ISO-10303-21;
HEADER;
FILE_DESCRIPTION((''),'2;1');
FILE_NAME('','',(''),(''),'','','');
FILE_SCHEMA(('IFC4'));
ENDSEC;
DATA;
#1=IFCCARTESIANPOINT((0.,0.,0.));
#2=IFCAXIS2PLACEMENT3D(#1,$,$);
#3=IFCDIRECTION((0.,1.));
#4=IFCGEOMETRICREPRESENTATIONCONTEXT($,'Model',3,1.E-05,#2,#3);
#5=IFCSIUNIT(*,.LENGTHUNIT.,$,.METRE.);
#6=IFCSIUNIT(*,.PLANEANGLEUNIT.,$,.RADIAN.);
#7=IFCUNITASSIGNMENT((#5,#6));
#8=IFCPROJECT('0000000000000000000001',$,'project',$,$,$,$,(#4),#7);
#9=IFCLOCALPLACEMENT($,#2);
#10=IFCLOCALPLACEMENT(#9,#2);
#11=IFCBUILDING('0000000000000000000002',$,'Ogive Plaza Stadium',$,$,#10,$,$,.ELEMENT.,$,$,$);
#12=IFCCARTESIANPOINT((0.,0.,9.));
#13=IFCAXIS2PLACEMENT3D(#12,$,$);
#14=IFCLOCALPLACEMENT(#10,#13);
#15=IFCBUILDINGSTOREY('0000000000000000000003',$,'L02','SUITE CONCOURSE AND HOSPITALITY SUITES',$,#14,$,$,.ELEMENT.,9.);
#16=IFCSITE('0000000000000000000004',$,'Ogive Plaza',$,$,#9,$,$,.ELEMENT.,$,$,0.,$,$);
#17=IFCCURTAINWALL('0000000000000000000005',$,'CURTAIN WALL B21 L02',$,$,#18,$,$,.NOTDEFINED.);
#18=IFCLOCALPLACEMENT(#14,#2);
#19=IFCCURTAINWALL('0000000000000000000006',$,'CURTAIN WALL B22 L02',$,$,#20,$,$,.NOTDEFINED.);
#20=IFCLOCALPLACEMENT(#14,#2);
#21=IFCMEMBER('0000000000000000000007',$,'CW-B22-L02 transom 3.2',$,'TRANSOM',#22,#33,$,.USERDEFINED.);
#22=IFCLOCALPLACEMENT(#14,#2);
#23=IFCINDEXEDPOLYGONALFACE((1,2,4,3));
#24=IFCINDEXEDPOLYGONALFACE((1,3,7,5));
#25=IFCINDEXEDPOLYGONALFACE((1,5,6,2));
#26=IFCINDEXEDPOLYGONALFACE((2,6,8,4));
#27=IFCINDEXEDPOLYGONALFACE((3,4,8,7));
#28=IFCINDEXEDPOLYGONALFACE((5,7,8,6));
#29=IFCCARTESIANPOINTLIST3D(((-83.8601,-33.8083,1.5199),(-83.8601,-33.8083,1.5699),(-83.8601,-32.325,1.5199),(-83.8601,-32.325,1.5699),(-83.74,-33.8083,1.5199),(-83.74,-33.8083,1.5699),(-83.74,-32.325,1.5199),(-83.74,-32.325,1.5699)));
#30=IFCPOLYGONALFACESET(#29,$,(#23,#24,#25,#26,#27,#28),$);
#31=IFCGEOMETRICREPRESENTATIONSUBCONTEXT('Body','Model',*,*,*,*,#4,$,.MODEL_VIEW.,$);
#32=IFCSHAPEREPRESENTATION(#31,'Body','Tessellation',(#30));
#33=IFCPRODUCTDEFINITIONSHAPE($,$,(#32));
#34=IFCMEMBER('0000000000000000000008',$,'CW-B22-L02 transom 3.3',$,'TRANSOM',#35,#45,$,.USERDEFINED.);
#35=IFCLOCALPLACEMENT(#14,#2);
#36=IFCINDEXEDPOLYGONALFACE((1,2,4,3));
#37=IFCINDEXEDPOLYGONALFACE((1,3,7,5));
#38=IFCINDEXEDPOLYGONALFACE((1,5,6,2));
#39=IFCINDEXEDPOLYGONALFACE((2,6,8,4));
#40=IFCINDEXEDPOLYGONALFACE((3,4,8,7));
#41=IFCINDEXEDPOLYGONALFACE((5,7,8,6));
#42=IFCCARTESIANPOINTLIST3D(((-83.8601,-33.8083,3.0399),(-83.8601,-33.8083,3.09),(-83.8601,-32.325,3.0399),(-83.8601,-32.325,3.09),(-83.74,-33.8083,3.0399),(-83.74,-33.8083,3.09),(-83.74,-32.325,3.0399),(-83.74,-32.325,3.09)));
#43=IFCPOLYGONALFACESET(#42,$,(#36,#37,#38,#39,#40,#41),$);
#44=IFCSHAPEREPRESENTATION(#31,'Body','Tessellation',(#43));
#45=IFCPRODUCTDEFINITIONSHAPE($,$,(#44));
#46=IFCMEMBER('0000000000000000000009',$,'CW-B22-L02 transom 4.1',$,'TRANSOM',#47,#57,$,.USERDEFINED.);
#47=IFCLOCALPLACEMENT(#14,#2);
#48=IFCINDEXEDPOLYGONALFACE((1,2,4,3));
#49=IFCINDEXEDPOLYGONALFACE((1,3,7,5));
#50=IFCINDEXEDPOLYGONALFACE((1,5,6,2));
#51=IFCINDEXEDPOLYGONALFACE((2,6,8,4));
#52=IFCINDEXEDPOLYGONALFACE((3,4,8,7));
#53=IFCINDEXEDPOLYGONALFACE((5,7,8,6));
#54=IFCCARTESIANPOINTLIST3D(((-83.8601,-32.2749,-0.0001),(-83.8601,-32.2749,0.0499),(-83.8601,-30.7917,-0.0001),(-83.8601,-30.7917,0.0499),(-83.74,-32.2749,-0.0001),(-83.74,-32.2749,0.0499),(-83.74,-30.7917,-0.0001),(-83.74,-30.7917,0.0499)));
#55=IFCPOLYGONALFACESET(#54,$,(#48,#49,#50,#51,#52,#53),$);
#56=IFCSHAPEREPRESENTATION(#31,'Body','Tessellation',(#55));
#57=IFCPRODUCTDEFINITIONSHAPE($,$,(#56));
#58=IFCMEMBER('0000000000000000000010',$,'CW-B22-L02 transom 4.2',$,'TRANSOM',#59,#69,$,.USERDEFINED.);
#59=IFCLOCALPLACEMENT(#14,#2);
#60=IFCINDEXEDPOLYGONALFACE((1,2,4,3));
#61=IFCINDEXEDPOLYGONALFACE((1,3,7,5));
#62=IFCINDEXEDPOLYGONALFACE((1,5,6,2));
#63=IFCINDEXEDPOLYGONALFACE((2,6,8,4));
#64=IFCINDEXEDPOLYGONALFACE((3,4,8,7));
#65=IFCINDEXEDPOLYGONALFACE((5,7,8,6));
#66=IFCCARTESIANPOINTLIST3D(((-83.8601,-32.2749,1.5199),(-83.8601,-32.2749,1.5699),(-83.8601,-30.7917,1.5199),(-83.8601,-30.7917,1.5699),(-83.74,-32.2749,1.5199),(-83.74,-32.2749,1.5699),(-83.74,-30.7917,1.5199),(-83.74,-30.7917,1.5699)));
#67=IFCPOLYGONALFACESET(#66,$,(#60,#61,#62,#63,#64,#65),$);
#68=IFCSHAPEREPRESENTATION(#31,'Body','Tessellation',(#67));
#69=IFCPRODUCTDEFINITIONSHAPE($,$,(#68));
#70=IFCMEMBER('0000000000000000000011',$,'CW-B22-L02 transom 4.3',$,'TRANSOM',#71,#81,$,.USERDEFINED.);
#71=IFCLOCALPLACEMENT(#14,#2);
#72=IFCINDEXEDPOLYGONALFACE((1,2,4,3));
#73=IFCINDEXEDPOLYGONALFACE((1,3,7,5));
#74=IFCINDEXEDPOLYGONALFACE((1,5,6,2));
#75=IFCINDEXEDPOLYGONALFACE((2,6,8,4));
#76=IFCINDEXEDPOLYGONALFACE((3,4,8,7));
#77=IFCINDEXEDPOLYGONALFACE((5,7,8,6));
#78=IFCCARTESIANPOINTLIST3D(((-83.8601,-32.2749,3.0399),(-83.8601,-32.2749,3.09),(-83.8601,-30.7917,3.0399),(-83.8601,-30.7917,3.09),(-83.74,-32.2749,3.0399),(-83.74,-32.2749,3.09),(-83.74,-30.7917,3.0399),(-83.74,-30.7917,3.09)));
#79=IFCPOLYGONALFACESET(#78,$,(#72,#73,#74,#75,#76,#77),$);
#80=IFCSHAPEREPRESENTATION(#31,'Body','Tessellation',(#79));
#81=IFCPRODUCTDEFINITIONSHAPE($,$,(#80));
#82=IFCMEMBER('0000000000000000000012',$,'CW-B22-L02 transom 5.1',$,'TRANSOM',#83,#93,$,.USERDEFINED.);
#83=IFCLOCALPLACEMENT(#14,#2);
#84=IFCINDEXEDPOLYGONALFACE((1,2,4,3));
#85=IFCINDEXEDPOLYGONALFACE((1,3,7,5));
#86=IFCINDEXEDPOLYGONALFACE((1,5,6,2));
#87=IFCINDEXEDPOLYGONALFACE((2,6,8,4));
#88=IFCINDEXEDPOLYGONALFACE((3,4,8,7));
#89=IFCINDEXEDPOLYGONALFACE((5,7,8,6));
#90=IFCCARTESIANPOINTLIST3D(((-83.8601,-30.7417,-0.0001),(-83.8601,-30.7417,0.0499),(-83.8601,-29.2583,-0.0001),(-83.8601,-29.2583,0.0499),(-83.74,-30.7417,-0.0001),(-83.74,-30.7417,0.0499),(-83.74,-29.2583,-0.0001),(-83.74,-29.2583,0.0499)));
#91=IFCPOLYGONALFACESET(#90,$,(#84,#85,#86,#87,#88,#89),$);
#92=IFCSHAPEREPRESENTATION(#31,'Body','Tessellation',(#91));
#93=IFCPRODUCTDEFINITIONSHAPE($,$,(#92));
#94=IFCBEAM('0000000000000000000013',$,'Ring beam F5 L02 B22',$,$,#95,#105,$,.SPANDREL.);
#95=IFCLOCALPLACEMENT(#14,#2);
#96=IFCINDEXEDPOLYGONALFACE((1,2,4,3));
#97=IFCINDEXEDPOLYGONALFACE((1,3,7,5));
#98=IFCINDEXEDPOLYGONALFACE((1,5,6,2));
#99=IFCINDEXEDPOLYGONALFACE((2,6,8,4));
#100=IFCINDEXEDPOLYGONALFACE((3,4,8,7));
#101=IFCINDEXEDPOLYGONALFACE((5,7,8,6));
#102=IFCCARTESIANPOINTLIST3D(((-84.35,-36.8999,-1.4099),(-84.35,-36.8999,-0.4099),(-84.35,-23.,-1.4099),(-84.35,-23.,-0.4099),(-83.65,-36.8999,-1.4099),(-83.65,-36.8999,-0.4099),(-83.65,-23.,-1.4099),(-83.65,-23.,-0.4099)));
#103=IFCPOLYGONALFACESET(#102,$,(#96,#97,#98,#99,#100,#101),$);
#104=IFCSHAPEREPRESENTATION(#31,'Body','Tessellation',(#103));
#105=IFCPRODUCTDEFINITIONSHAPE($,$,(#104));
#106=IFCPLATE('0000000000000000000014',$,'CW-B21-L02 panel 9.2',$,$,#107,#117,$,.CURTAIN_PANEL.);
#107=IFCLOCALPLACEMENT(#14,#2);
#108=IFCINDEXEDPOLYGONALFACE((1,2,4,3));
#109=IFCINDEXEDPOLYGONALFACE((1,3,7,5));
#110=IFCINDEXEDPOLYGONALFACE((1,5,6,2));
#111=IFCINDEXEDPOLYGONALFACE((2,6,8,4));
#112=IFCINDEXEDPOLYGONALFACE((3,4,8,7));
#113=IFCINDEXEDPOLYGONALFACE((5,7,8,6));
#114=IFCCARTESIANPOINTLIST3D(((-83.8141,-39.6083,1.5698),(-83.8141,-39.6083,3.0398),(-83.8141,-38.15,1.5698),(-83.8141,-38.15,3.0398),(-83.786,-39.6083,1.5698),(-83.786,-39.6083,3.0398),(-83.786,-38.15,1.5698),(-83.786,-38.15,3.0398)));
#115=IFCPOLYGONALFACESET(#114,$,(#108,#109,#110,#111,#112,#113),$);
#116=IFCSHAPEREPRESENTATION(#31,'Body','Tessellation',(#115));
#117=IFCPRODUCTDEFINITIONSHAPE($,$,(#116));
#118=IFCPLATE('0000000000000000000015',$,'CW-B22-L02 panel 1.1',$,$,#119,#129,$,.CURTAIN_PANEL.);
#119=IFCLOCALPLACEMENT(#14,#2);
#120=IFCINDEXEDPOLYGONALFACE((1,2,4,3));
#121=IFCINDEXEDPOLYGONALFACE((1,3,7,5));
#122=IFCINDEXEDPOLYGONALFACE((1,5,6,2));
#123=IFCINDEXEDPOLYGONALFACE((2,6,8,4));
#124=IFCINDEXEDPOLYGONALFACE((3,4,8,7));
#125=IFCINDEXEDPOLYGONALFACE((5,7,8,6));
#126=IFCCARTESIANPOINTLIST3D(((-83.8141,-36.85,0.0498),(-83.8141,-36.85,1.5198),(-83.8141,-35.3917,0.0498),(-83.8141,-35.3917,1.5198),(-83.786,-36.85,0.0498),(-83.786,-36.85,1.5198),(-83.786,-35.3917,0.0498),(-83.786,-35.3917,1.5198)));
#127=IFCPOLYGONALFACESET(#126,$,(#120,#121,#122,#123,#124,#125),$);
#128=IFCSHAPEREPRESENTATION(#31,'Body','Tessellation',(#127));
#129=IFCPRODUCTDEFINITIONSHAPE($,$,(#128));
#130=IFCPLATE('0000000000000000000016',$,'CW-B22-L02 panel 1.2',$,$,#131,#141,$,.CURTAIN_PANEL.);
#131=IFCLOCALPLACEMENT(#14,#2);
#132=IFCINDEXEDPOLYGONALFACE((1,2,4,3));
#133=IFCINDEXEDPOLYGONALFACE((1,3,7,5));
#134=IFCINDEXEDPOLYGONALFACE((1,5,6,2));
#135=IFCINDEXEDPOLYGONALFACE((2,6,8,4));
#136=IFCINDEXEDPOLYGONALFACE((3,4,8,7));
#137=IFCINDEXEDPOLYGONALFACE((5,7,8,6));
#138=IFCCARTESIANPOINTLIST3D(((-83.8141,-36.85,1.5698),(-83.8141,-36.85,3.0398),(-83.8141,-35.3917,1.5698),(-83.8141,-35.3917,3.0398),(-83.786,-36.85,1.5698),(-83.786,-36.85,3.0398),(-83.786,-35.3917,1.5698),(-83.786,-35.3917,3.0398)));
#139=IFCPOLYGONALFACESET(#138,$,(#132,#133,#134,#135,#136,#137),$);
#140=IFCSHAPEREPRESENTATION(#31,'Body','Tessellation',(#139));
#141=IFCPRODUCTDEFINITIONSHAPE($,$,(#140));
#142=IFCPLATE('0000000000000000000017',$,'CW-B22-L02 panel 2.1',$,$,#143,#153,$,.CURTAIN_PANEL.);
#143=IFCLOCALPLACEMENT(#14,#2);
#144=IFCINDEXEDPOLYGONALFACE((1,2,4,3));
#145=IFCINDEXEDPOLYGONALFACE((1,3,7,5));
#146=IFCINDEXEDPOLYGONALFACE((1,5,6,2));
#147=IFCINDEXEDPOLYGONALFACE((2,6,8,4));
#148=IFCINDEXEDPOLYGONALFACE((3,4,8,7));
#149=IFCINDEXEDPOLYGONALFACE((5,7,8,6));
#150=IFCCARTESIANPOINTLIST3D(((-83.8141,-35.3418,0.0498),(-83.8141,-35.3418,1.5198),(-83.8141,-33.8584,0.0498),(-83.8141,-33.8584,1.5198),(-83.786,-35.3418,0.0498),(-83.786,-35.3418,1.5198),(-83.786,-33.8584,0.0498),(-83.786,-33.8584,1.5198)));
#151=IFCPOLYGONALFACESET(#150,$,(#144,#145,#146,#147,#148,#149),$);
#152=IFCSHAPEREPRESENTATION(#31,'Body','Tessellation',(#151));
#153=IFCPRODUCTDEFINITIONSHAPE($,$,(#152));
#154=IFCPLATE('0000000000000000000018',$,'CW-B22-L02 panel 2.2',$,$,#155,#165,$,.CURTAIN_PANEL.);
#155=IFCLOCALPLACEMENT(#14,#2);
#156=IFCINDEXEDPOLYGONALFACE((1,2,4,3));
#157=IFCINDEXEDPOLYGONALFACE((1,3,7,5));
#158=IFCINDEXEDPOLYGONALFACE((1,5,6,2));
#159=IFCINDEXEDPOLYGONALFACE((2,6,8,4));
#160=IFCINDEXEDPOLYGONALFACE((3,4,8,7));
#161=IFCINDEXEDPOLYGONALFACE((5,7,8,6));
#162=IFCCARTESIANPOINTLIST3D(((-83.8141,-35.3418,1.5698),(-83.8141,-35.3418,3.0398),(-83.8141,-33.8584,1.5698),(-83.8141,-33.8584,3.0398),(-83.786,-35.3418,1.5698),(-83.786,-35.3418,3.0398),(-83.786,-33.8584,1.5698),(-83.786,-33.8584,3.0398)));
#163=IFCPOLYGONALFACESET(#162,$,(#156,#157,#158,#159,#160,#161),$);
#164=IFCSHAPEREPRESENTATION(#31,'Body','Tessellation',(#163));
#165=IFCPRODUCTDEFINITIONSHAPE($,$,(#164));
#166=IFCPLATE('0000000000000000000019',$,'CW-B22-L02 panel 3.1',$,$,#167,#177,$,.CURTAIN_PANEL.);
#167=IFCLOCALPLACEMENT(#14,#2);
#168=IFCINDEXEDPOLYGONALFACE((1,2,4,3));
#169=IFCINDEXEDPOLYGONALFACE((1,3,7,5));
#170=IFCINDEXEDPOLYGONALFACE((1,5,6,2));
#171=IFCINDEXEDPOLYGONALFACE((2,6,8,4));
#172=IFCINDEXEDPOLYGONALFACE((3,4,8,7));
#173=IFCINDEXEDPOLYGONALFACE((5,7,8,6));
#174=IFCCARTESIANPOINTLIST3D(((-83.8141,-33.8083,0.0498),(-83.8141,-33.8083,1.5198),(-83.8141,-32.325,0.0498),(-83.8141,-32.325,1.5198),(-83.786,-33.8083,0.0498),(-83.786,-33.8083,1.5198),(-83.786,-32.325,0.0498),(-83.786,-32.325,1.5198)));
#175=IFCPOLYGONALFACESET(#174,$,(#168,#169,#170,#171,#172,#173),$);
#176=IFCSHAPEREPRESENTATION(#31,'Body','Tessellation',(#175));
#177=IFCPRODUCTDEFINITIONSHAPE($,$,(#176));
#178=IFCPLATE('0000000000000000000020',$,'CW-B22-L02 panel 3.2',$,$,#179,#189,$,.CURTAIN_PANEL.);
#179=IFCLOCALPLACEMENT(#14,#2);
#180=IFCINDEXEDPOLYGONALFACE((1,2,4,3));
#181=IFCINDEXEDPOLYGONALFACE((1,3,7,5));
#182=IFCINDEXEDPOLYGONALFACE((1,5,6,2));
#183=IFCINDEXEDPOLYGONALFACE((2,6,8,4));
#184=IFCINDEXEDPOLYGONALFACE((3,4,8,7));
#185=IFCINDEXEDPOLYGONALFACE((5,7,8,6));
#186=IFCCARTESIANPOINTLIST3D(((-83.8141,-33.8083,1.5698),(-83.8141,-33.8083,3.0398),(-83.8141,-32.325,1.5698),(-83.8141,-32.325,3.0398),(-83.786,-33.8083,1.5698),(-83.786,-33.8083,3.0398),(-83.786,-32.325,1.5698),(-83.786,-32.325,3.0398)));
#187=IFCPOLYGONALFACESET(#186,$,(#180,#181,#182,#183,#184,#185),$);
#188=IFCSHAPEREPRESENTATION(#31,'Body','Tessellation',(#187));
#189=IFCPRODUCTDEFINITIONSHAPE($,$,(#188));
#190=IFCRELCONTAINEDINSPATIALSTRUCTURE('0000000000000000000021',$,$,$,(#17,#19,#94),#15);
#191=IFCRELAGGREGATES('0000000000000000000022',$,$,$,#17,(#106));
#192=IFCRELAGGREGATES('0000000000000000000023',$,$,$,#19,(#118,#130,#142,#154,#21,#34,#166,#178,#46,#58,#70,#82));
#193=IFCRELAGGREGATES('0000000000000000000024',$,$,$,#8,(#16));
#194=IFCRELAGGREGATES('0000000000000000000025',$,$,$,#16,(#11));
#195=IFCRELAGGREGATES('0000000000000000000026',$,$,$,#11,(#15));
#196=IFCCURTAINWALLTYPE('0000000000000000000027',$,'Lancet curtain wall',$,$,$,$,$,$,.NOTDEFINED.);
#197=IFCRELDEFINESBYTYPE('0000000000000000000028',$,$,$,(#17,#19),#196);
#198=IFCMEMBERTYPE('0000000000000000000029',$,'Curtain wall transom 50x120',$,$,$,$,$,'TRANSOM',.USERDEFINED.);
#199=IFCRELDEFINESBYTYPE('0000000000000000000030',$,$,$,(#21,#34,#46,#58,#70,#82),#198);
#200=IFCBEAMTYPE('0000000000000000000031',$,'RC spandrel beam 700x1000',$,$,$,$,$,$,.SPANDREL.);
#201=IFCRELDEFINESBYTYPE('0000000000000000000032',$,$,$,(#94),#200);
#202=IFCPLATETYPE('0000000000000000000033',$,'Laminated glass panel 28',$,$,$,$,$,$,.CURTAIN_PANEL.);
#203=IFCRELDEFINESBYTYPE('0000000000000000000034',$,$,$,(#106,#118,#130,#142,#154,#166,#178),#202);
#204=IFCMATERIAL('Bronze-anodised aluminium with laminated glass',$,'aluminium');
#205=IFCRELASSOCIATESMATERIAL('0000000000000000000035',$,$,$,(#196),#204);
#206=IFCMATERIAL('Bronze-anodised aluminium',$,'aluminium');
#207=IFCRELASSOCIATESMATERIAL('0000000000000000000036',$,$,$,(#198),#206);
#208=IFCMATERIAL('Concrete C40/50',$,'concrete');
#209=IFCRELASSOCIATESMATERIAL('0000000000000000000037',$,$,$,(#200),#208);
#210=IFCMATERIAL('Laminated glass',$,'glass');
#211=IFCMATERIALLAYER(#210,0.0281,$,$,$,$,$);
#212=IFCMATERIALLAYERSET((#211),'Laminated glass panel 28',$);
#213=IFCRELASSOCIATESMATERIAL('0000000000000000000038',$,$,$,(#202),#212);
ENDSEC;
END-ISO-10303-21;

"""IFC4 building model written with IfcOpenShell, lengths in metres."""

from ifc_helpers import new_model, si_unit, direction, frame, origin, origin_2d, place, context, subcontext, project, spatial, rectangle, extrude, material, layer, layer_set, material_profile, profile_set, type_object, element, aggregate, save


model = new_model("IFC4")

# Units and contexts
model_context = context("Model", 3, precision=1e-05, world=origin(), true_north=direction((0.0, 1.0)))
body_context = subcontext(model_context, "Body", "Model", "MODEL_VIEW")
ifc_project = project(units=[si_unit("LENGTHUNIT", "METRE"), si_unit("PLANEANGLEUNIT", "RADIAN")], contexts=[model_context])

# Site, building, storey
site_placement = place(None, origin())
site = spatial("IfcSite", under=ifc_project, at=site_placement, Name="Ogive Plaza", CompositionType="ELEMENT", RefElevation=0.0)
building_placement = place(site_placement, origin())
building = spatial("IfcBuilding", under=site, at=building_placement, Name="Ogive Plaza Stadium", CompositionType="ELEMENT")
storey_placement = place(building_placement, frame((0.0, 0.0, 9.0)))
storey = spatial("IfcBuildingStorey", under=building, at=storey_placement, Name="L02", Description="SUITE CONCOURSE AND HOSPITALITY SUITES", CompositionType="ELEMENT", Elevation=9.0)

# Curtain wall
ifc_material_1 = material(Name="Bronze-anodised aluminium with laminated glass", Category="aluminium")
curtain_wall_type = type_object("IfcCurtainWallType", Name="Lancet curtain wall", PredefinedType="NOTDEFINED", material=ifc_material_1)
curtain_wall_1_placement = place(storey_placement, origin())
curtain_wall_1 = element("IfcCurtainWall", 1, at=curtain_wall_1_placement, inside=storey, type_object=curtain_wall_type, Name="CURTAIN WALL B21 L02", PredefinedType="NOTDEFINED")

# Curtain wall, members
curtain_wall_2_placement = place(storey_placement, origin())
curtain_wall_2 = element("IfcCurtainWall", 2, at=curtain_wall_2_placement, inside=storey, type_object=curtain_wall_type, Name="CURTAIN WALL B22 L02", PredefinedType="NOTDEFINED")
ifc_material_2 = material(Name="Bronze-anodised aluminium", Category="aluminium")
ifc_material_profile_1 = material_profile(ifc_material_2, rectangle(XDim=0.1201, YDim=0.05, at=origin_2d()), Name="AL 120x50")
ifc_profile_set_1 = profile_set([ifc_material_profile_1], Name="Bronze-anodised aluminium")
member_type_1 = type_object("IfcMemberType", Name="Curtain wall transom 50x120", ElementType="TRANSOM", PredefinedType="USERDEFINED", material=ifc_profile_set_1)
member_1_placement = place(storey_placement, frame((-83.8, -33.8083, 1.5449), z_axis=(0.0, 1.0, 0.0), x_axis=(-1.0, 0.0, 0.0)))
member_1 = element("IfcMember", 3, at=member_1_placement, type_object=member_type_1, Name="CW-B22-L02 transom 3.2", ObjectType="TRANSOM", PredefinedType="USERDEFINED", context=body_context, shape_type="SweptSolid", body=[
    extrude(rectangle(XDim=0.1201, YDim=0.05, at=origin_2d()), origin(), (0.0, 0.0, 1.0), 1.4834),
])
member_2_placement = place(storey_placement, frame((-83.8, -33.8083, 3.0649), z_axis=(0.0, 1.0, 0.0), x_axis=(-1.0, 0.0, 0.0)))
member_2 = element("IfcMember", 4, at=member_2_placement, type_object=member_type_1, Name="CW-B22-L02 transom 3.3", ObjectType="TRANSOM", PredefinedType="USERDEFINED", context=body_context, shape_type="SweptSolid", body=[
    extrude(rectangle(XDim=0.1201, YDim=0.05, at=origin_2d()), origin(), (0.0, 0.0, 1.0), 1.4834),
])
member_3_placement = place(storey_placement, frame((-83.8, -32.2749, 0.0249), z_axis=(0.0, 1.0, 0.0), x_axis=(-1.0, 0.0, 0.0)))
member_3 = element("IfcMember", 5, at=member_3_placement, type_object=member_type_1, Name="CW-B22-L02 transom 4.1", ObjectType="TRANSOM", PredefinedType="USERDEFINED", context=body_context, shape_type="SweptSolid", body=[
    extrude(rectangle(XDim=0.1201, YDim=0.05, at=origin_2d()), origin(), (0.0, 0.0, 1.0), 1.4832),
])
member_4_placement = place(storey_placement, frame((-83.8, -32.2749, 1.5449), z_axis=(0.0, 1.0, 0.0), x_axis=(-1.0, 0.0, 0.0)))
member_4 = element("IfcMember", 6, at=member_4_placement, type_object=member_type_1, Name="CW-B22-L02 transom 4.2", ObjectType="TRANSOM", PredefinedType="USERDEFINED", context=body_context, shape_type="SweptSolid", body=[
    extrude(rectangle(XDim=0.1201, YDim=0.05, at=origin_2d()), origin(), (0.0, 0.0, 1.0), 1.4832),
])
member_5_placement = place(storey_placement, frame((-83.8, -32.2749, 3.0649), z_axis=(0.0, 1.0, 0.0), x_axis=(-1.0, 0.0, 0.0)))
member_5 = element("IfcMember", 7, at=member_5_placement, type_object=member_type_1, Name="CW-B22-L02 transom 4.3", ObjectType="TRANSOM", PredefinedType="USERDEFINED", context=body_context, shape_type="SweptSolid", body=[
    extrude(rectangle(XDim=0.1201, YDim=0.05, at=origin_2d()), origin(), (0.0, 0.0, 1.0), 1.4832),
])
member_6_placement = place(storey_placement, frame((-83.8, -30.7417, 0.0249), z_axis=(0.0, 1.0, 0.0), x_axis=(-1.0, 0.0, 0.0)))
member_6 = element("IfcMember", 8, at=member_6_placement, type_object=member_type_1, Name="CW-B22-L02 transom 5.1", ObjectType="TRANSOM", PredefinedType="USERDEFINED", context=body_context, shape_type="SweptSolid", body=[
    extrude(rectangle(XDim=0.1201, YDim=0.05, at=origin_2d()), origin(), (0.0, 0.0, 1.0), 1.4834),
])

# Beam
ifc_material_3 = material(Name="Concrete C40/50", Category="concrete")
ifc_material_profile_2 = material_profile(ifc_material_3, rectangle(XDim=0.7, YDim=1.0, at=origin_2d()), Name="RC 700x1000")
ifc_profile_set_2 = profile_set([ifc_material_profile_2], Name="Concrete C40/50")
beam_type = type_object("IfcBeamType", Name="RC spandrel beam 700x1000", PredefinedType="SPANDREL", material=ifc_profile_set_2)
beam_placement = place(storey_placement, frame((-84.0, -36.8999, -0.9099), z_axis=(0.0, 1.0, 0.0), x_axis=(-1.0, 0.0, 0.0)))
element("IfcBeam", 9, at=beam_placement, inside=storey, type_object=beam_type, Name="Ring beam F5 L02 B22", PredefinedType="SPANDREL", context=body_context, shape_type="SweptSolid", body=[
    extrude(rectangle(XDim=0.7, YDim=1.0, at=origin_2d()), origin(), (0.0, 0.0, 1.0), 13.8999),
])

# Plates
ifc_material_4 = material(Name="Laminated glass", Category="glass")
ifc_layer_1 = layer(ifc_material_4, 0.0281)
ifc_layer_set_1 = layer_set([ifc_layer_1], Name="Laminated glass panel 28")
plate_type = type_object("IfcPlateType", Name="Laminated glass panel 28", PredefinedType="CURTAIN_PANEL", material=ifc_layer_set_1)
plate_1_placement = place(storey_placement, frame((-83.8, -38.8792, 1.5698), z_axis=(0.0, 0.0, 1.0), x_axis=(0.0, 1.0, 0.0)))
plate_1 = element("IfcPlate", 10, at=plate_1_placement, type_object=plate_type, Name="CW-B21-L02 panel 9.2", PredefinedType="CURTAIN_PANEL", context=body_context, shape_type="SweptSolid", body=[
    extrude(rectangle(XDim=1.4583, YDim=0.0281, at=origin_2d()), origin(), (0.0, 0.0, 1.0), 1.47),
])
aggregate(curtain_wall_1, [plate_1])
plate_2_placement = place(storey_placement, frame((-83.8, -36.1208, 0.0498), z_axis=(0.0, 0.0, 1.0), x_axis=(0.0, 1.0, 0.0)))
plate_2 = element("IfcPlate", 11, at=plate_2_placement, type_object=plate_type, Name="CW-B22-L02 panel 1.1", PredefinedType="CURTAIN_PANEL", context=body_context, shape_type="SweptSolid", body=[
    extrude(rectangle(XDim=1.4583, YDim=0.0281, at=origin_2d()), origin(), (0.0, 0.0, 1.0), 1.47),
])
plate_3_placement = place(storey_placement, frame((-83.8, -36.1208, 1.5698), z_axis=(0.0, 0.0, 1.0), x_axis=(0.0, 1.0, 0.0)))
plate_3 = element("IfcPlate", 12, at=plate_3_placement, type_object=plate_type, Name="CW-B22-L02 panel 1.2", PredefinedType="CURTAIN_PANEL", context=body_context, shape_type="SweptSolid", body=[
    extrude(rectangle(XDim=1.4583, YDim=0.0281, at=origin_2d()), origin(), (0.0, 0.0, 1.0), 1.47),
])
plate_4_placement = place(storey_placement, frame((-83.8, -34.6001, 0.0498), z_axis=(0.0, 0.0, 1.0), x_axis=(0.0, 1.0, 0.0)))
plate_4 = element("IfcPlate", 13, at=plate_4_placement, type_object=plate_type, Name="CW-B22-L02 panel 2.1", PredefinedType="CURTAIN_PANEL", context=body_context, shape_type="SweptSolid", body=[
    extrude(rectangle(XDim=1.4834, YDim=0.0281, at=origin_2d()), origin(), (0.0, 0.0, 1.0), 1.47),
])
plate_5_placement = place(storey_placement, frame((-83.8, -34.6001, 1.5698), z_axis=(0.0, 0.0, 1.0), x_axis=(0.0, 1.0, 0.0)))
plate_5 = element("IfcPlate", 14, at=plate_5_placement, type_object=plate_type, Name="CW-B22-L02 panel 2.2", PredefinedType="CURTAIN_PANEL", context=body_context, shape_type="SweptSolid", body=[
    extrude(rectangle(XDim=1.4834, YDim=0.0281, at=origin_2d()), origin(), (0.0, 0.0, 1.0), 1.47),
])
plate_6_placement = place(storey_placement, frame((-83.8, -33.0667, 0.0498), z_axis=(0.0, 0.0, 1.0), x_axis=(0.0, 1.0, 0.0)))
plate_6 = element("IfcPlate", 15, at=plate_6_placement, type_object=plate_type, Name="CW-B22-L02 panel 3.1", PredefinedType="CURTAIN_PANEL", context=body_context, shape_type="SweptSolid", body=[
    extrude(rectangle(XDim=1.4834, YDim=0.0281, at=origin_2d()), origin(), (0.0, 0.0, 1.0), 1.47),
])
plate_7_placement = place(storey_placement, frame((-83.8, -33.0667, 1.5698), z_axis=(0.0, 0.0, 1.0), x_axis=(0.0, 1.0, 0.0)))
plate_7 = element("IfcPlate", 16, at=plate_7_placement, type_object=plate_type, Name="CW-B22-L02 panel 3.2", PredefinedType="CURTAIN_PANEL", context=body_context, shape_type="SweptSolid", body=[
    extrude(rectangle(XDim=1.4834, YDim=0.0281, at=origin_2d()), origin(), (0.0, 0.0, 1.0), 1.47),
])
aggregate(curtain_wall_2, [plate_2, plate_3, plate_4, plate_5, member_1, member_2, plate_6, plate_7, member_3, member_4, member_5, member_6])

save(model, "model.ifc")
